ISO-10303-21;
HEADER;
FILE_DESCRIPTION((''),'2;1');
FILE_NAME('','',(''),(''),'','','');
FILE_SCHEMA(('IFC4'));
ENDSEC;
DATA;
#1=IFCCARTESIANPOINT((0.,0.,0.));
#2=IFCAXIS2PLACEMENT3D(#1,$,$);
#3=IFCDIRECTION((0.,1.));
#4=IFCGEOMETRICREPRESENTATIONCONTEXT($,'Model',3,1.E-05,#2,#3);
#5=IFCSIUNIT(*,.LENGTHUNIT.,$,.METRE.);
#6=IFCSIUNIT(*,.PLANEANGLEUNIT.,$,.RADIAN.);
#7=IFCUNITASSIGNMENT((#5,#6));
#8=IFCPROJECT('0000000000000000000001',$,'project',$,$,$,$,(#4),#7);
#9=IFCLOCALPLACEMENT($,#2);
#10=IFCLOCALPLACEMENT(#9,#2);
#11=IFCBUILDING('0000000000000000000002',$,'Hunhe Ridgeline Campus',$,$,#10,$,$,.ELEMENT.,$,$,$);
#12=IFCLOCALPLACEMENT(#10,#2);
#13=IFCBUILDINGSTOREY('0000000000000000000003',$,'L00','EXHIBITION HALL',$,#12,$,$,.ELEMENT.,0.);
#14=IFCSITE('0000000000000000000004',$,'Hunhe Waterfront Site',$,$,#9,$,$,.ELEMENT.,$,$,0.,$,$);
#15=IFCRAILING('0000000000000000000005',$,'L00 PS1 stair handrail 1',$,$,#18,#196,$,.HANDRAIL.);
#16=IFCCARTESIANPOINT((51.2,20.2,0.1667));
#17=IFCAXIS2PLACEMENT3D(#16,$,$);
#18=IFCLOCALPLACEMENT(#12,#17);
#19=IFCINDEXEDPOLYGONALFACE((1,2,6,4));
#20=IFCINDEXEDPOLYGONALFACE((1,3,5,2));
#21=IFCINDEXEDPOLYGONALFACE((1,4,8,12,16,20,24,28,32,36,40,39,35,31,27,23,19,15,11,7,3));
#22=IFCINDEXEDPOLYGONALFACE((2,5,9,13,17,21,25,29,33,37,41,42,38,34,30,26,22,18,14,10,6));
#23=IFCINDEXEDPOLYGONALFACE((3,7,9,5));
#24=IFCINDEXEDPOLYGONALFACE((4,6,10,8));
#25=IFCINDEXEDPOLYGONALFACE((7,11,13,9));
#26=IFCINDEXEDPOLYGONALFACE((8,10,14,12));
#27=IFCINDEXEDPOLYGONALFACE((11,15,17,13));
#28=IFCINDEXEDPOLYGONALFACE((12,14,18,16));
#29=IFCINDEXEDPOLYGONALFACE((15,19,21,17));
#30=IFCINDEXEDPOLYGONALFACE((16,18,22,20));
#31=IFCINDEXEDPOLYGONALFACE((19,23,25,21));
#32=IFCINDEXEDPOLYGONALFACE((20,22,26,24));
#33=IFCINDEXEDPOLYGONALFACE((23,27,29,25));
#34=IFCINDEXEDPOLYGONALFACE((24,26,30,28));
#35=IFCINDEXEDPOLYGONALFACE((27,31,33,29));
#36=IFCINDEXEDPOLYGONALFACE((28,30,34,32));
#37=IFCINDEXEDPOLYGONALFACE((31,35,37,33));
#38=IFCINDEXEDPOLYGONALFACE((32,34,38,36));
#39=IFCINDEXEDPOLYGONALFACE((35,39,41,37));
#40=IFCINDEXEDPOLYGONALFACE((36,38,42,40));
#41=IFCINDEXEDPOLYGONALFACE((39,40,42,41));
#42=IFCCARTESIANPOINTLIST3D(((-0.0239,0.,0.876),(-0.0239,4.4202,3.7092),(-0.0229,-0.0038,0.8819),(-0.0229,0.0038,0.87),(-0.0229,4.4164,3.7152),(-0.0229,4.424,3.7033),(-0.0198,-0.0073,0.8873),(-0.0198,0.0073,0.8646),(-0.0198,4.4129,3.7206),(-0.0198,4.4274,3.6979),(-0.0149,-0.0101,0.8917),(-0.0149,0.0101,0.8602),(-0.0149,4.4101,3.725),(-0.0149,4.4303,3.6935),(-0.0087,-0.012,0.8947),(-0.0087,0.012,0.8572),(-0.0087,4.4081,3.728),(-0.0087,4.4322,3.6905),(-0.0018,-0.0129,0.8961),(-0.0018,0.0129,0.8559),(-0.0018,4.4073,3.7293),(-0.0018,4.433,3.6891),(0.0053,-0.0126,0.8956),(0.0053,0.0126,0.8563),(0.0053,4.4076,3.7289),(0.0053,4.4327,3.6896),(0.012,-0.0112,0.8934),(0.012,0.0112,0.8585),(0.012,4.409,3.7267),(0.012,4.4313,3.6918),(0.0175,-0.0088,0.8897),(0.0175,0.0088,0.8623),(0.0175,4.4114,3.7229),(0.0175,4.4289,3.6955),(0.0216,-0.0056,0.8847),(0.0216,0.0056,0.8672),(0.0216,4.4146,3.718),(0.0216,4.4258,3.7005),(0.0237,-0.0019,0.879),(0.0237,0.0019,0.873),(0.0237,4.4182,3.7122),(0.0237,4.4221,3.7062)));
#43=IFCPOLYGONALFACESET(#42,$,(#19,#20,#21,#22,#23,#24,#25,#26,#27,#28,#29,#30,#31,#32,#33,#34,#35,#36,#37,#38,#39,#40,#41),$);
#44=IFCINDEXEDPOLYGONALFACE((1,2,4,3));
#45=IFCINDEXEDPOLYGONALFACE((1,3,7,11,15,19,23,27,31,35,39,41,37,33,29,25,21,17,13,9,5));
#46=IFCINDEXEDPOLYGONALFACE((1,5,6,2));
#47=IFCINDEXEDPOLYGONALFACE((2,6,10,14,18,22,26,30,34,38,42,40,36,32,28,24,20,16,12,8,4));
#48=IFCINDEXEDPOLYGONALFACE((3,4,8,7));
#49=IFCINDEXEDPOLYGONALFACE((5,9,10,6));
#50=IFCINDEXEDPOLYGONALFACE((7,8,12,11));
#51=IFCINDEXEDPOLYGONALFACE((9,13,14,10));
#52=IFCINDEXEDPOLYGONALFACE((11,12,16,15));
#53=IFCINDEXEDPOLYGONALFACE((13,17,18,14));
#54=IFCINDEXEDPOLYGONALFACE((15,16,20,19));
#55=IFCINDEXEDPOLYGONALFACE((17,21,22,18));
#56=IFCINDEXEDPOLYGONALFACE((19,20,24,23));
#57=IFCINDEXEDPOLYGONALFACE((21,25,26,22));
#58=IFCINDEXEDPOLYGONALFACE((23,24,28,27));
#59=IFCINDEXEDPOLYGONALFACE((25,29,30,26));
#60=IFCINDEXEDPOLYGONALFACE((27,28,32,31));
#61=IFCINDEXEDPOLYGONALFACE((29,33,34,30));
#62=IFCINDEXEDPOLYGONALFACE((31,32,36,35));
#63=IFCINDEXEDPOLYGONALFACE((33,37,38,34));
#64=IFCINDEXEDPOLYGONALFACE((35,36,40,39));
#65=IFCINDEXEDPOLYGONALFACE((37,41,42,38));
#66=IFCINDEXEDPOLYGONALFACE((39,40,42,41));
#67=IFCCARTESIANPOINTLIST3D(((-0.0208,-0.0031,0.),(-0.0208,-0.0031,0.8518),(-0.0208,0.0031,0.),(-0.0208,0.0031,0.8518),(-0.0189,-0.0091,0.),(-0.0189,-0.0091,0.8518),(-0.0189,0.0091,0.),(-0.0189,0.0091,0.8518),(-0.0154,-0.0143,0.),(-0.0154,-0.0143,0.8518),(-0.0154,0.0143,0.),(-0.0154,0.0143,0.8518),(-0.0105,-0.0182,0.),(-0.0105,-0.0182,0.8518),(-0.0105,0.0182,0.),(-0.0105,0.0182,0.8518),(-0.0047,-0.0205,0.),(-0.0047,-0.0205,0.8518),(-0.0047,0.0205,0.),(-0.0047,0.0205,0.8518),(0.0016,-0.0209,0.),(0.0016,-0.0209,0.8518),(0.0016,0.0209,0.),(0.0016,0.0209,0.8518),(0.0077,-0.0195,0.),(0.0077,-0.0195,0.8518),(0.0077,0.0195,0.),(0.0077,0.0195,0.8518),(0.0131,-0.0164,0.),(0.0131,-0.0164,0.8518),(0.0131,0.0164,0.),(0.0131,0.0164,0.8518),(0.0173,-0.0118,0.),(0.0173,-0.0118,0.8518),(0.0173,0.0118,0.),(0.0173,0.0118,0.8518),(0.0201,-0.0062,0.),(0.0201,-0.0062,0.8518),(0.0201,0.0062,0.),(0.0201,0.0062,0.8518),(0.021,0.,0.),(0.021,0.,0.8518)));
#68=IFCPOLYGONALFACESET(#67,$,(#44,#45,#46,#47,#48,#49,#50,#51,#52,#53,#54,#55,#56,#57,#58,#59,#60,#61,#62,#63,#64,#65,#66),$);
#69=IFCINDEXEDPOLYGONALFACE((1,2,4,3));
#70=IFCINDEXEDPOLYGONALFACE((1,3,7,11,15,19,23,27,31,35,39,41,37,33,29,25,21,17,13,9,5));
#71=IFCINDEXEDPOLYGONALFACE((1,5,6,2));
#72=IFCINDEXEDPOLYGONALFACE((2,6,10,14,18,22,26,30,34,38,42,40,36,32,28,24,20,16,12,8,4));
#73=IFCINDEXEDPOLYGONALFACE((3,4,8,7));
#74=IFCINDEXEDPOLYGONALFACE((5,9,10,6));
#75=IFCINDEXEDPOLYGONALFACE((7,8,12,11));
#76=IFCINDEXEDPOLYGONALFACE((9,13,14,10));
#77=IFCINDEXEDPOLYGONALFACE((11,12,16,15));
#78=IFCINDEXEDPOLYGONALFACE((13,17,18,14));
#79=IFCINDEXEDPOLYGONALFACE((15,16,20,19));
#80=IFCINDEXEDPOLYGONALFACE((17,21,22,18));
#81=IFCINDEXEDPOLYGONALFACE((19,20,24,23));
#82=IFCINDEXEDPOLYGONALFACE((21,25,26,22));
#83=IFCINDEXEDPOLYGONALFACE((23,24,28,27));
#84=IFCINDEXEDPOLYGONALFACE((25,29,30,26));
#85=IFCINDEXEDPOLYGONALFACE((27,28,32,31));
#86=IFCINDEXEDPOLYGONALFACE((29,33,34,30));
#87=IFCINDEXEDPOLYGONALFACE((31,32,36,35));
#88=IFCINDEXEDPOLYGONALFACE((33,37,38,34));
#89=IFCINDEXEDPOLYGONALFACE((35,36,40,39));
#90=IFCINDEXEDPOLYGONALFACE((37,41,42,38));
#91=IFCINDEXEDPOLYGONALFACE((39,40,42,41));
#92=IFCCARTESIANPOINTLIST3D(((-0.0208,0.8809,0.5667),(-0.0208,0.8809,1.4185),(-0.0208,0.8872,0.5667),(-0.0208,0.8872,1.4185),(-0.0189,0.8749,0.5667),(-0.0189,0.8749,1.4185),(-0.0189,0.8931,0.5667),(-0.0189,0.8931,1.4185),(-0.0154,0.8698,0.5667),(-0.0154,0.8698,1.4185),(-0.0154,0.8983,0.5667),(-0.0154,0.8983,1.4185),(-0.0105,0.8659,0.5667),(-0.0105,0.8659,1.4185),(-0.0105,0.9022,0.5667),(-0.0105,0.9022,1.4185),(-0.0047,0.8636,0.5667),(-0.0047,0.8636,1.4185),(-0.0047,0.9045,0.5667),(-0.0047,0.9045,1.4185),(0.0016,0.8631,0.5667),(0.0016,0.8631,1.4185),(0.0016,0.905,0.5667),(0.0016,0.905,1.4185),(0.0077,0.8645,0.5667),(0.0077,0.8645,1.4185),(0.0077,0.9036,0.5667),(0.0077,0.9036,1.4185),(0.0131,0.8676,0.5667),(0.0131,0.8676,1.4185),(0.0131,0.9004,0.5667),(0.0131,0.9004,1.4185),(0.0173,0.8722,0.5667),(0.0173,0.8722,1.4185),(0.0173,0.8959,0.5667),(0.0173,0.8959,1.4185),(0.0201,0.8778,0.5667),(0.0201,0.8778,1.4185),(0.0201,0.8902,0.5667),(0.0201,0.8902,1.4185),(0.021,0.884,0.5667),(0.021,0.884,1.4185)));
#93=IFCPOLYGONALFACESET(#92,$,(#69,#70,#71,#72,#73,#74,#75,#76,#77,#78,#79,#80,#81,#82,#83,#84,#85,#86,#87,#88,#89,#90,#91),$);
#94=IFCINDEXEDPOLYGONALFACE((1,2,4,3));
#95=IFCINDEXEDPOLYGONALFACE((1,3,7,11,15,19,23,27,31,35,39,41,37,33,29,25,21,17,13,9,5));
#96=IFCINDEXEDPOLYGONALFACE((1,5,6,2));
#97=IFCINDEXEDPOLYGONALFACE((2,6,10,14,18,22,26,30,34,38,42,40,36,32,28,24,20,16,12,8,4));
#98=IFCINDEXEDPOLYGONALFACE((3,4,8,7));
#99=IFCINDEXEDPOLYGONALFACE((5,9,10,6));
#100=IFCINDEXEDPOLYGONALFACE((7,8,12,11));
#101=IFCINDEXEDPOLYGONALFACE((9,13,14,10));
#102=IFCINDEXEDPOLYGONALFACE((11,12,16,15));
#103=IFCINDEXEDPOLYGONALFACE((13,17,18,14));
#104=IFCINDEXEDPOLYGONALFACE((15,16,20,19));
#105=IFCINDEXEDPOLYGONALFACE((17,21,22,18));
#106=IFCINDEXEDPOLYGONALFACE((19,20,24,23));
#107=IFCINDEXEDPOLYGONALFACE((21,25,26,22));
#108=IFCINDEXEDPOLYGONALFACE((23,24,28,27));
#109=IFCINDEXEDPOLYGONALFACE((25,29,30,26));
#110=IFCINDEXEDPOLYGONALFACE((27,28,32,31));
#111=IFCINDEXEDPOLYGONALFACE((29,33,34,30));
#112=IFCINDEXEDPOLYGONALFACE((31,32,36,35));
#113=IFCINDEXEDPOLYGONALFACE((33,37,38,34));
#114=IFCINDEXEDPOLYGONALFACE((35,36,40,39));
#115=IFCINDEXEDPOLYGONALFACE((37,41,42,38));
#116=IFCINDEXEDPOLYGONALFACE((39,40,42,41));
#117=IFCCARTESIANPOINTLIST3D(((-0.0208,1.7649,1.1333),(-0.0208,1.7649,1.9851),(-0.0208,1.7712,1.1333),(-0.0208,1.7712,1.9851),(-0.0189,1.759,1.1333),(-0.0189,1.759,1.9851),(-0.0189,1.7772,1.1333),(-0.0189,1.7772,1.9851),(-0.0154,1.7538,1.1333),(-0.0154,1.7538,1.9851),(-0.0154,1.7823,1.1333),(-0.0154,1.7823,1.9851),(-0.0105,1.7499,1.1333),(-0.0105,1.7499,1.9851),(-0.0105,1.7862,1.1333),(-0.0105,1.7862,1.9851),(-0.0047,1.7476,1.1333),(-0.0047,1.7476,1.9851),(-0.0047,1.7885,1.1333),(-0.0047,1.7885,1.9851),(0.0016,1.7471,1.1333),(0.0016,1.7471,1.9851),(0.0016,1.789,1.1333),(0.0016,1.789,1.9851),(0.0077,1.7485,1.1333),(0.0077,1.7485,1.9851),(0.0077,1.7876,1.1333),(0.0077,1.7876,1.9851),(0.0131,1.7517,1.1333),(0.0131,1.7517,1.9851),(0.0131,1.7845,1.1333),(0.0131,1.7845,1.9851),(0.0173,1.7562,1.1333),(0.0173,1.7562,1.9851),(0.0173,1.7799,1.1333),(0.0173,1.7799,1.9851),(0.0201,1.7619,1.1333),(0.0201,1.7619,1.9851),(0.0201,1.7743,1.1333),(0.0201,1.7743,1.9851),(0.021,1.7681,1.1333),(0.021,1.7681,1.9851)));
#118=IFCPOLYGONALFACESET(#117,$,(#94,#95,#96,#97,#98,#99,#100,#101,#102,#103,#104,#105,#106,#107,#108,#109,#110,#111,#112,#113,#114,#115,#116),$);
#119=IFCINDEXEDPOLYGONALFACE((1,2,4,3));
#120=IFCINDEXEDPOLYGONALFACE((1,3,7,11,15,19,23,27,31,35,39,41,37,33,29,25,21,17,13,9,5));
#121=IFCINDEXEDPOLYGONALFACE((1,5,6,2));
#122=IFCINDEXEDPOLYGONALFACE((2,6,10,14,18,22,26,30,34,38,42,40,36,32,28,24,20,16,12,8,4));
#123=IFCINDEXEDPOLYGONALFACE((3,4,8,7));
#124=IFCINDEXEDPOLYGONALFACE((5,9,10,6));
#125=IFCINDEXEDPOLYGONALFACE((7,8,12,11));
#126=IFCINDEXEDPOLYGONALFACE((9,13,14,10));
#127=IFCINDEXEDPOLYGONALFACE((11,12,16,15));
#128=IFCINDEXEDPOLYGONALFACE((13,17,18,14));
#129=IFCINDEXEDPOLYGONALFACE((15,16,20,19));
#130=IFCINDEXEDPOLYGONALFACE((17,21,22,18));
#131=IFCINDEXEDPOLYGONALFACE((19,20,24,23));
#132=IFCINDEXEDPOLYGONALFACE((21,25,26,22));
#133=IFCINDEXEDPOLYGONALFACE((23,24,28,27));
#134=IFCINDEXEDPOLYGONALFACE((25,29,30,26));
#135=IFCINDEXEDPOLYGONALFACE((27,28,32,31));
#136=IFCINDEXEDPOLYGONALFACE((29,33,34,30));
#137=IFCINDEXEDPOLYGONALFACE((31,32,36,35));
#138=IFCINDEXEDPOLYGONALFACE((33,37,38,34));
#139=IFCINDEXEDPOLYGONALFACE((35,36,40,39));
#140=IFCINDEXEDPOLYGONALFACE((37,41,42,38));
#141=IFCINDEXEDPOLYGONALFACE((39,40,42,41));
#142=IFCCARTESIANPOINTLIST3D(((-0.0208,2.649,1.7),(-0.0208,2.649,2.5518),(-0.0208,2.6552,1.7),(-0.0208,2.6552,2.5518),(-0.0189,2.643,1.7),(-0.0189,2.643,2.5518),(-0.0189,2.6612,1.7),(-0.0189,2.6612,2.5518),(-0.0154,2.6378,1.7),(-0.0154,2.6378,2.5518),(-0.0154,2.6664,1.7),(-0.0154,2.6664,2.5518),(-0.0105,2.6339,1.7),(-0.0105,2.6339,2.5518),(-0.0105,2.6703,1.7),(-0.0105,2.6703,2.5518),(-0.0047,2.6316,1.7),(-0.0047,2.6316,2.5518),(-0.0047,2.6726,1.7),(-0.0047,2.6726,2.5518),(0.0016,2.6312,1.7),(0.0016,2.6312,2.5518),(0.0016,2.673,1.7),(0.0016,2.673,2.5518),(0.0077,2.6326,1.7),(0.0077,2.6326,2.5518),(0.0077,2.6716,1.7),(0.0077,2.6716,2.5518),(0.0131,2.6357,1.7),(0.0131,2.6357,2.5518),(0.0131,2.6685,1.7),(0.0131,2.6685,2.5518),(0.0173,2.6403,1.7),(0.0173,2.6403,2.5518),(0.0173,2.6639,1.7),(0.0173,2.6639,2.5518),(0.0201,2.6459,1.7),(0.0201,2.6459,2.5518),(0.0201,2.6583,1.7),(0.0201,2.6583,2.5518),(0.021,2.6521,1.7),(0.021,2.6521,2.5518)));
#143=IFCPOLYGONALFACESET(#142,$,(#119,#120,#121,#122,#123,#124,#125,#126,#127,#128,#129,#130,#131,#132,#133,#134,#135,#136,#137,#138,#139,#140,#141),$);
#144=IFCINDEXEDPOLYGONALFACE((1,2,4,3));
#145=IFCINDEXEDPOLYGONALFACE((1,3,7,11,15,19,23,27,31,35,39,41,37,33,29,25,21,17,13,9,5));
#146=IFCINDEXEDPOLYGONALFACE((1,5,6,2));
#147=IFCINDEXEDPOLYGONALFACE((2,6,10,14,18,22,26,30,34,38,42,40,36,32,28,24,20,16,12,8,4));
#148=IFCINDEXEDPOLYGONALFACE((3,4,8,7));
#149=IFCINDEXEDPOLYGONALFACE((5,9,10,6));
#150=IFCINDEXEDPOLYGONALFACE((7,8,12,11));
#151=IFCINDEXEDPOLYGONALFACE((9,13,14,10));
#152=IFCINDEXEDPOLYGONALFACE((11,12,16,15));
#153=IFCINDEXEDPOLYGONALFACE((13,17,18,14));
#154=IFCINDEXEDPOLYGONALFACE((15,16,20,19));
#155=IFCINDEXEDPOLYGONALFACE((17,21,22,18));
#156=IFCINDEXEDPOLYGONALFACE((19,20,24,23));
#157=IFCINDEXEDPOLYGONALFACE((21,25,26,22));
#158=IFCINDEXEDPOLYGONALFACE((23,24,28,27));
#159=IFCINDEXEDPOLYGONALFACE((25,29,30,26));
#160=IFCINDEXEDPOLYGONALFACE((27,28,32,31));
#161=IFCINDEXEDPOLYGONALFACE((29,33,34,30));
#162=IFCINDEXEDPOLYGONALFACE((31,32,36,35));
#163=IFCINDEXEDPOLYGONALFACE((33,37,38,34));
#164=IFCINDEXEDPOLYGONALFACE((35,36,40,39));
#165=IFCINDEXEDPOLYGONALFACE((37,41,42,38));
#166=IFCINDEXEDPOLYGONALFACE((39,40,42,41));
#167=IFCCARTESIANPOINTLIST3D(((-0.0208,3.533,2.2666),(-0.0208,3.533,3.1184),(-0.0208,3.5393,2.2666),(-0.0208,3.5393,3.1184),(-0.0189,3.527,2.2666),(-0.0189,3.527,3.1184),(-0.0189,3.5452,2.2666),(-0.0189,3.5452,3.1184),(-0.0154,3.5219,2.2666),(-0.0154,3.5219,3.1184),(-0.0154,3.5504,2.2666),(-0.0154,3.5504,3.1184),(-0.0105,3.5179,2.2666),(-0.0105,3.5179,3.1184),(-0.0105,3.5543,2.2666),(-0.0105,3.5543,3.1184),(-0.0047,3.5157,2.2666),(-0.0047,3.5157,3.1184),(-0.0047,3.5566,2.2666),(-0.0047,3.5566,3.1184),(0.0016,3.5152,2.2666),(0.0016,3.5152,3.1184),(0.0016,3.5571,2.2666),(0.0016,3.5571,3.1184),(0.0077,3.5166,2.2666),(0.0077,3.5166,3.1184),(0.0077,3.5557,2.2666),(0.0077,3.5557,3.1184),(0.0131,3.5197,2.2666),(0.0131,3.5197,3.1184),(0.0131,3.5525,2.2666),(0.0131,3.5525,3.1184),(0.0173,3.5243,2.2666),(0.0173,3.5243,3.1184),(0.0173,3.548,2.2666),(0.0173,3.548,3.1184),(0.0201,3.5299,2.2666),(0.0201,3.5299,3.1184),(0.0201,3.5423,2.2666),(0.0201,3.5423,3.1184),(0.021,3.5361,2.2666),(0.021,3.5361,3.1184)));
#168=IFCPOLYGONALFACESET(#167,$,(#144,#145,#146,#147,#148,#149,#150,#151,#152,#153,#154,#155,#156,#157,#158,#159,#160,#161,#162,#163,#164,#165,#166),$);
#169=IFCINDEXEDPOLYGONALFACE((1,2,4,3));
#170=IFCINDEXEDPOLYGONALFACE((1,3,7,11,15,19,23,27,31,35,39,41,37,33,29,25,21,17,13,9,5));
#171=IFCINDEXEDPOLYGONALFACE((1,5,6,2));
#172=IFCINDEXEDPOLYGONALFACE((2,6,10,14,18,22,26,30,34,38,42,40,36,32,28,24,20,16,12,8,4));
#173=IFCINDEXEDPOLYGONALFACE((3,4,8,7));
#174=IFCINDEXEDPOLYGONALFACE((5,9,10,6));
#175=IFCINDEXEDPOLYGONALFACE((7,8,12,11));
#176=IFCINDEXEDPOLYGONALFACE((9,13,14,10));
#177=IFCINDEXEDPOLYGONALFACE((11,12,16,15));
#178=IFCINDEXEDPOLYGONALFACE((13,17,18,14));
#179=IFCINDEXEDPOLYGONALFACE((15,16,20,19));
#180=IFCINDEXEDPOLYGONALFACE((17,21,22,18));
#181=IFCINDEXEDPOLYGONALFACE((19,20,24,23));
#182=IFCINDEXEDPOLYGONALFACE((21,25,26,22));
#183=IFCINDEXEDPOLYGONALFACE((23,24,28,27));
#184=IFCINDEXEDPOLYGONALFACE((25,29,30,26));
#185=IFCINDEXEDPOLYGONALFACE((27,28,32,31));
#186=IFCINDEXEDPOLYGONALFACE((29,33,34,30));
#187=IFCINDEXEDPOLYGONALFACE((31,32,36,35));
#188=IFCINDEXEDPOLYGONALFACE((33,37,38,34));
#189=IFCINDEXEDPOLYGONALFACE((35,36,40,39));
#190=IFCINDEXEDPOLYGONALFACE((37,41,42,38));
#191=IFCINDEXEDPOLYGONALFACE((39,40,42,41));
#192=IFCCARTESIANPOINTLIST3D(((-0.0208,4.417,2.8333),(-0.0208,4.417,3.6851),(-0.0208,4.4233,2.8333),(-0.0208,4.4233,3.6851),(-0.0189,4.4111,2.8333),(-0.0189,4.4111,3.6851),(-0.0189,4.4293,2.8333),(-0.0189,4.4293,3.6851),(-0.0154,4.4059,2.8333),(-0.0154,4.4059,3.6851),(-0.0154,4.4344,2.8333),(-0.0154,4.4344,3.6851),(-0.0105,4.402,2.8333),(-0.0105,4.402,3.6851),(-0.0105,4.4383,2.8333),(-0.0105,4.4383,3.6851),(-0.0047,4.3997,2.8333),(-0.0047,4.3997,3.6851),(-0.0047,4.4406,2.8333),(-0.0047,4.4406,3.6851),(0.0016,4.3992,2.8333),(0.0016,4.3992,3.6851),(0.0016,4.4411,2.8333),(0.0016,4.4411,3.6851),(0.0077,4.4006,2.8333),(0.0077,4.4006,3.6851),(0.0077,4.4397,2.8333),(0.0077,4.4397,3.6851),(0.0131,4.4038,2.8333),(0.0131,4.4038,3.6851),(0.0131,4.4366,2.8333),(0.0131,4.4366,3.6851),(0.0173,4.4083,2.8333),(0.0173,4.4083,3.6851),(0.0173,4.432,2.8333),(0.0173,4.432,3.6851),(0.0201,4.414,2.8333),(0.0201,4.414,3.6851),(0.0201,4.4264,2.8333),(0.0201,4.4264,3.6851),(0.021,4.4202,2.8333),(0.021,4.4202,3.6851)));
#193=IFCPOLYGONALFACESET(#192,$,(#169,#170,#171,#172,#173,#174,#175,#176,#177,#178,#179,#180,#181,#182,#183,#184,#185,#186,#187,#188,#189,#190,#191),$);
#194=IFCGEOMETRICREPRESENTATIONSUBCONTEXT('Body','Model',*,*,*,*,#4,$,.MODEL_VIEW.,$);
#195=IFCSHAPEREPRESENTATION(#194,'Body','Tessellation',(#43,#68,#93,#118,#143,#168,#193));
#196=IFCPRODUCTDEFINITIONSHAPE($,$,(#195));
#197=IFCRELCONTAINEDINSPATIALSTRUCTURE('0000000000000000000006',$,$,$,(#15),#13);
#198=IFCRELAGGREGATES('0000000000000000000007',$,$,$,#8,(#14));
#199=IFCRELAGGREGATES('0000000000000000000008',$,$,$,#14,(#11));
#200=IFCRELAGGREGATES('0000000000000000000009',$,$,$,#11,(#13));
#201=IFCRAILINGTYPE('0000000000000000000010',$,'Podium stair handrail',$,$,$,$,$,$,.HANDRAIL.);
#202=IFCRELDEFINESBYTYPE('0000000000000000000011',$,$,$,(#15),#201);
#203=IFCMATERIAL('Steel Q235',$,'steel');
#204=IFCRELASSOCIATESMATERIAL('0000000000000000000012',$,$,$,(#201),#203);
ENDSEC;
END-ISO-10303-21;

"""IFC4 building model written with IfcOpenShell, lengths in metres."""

from ifc_helpers import new_model, si_unit, direction, frame, origin, origin_2d, place, context, subcontext, project, spatial, circle, extrude, material, type_object, element, save


model = new_model("IFC4")

# Units and contexts
model_context = context("Model", 3, precision=1e-05, world=origin(), true_north=direction((0.0, 1.0)))
body_context = subcontext(model_context, "Body", "Model", "MODEL_VIEW")
ifc_project = project(units=[si_unit("LENGTHUNIT", "METRE"), si_unit("PLANEANGLEUNIT", "RADIAN")], contexts=[model_context])

# Site, building, storey
site_placement = place(None, origin())
site = spatial("IfcSite", under=ifc_project, at=site_placement, Name="Hunhe Waterfront Site", CompositionType="ELEMENT", RefElevation=0.0)
building_placement = place(site_placement, origin())
building = spatial("IfcBuilding", under=site, at=building_placement, Name="Hunhe Ridgeline Campus", CompositionType="ELEMENT")
storey_placement = place(building_placement, origin())
storey = spatial("IfcBuildingStorey", under=building, at=storey_placement, Name="L00", Description="EXHIBITION HALL", CompositionType="ELEMENT", Elevation=0.0)

# Railing
ifc_material_1 = material(Name="Steel Q235", Category="steel")
railing_type_1 = type_object("IfcRailingType", Name="Podium stair handrail", PredefinedType="HANDRAIL", material=ifc_material_1)
railing_1_placement = place(storey_placement, frame((51.2, 20.2, 0.1667)))
element("IfcRailing", 1, at=railing_1_placement, inside=storey, type_object=railing_type_1, Name="L00 PS1 stair handrail 1", PredefinedType="HANDRAIL", context=body_context, shape_type="SweptSolid", body=[
    extrude(circle(Radius=0.0239, at=origin_2d()), frame((0.0, 0.0, 0.876), z_axis=(0.0, 0.841895, 0.539641), x_axis=(-1.0, 0.0, 0.0)), (0.0, 0.0, 1.0), 5.2502),
    extrude(circle(Radius=0.021, at=origin_2d()), origin(), (0.0, 0.0, 1.0), 0.8518),
    extrude(circle(Radius=0.021, at=origin_2d()), frame((0.0, 0.884, 0.5667)), (0.0, 0.0, 1.0), 0.8518),
    extrude(circle(Radius=0.021, at=origin_2d()), frame((0.0, 1.7681, 1.1333)), (0.0, 0.0, 1.0), 0.8518),
    extrude(circle(Radius=0.021, at=origin_2d()), frame((0.0, 2.6521, 1.7)), (0.0, 0.0, 1.0), 0.8518),
    extrude(circle(Radius=0.021, at=origin_2d()), frame((0.0, 3.5361, 2.2666)), (0.0, 0.0, 1.0), 0.8518),
    extrude(circle(Radius=0.021, at=origin_2d()), frame((0.0, 4.4202, 2.8333)), (0.0, 0.0, 1.0), 0.8518),
])

save(model, "model.ifc")
